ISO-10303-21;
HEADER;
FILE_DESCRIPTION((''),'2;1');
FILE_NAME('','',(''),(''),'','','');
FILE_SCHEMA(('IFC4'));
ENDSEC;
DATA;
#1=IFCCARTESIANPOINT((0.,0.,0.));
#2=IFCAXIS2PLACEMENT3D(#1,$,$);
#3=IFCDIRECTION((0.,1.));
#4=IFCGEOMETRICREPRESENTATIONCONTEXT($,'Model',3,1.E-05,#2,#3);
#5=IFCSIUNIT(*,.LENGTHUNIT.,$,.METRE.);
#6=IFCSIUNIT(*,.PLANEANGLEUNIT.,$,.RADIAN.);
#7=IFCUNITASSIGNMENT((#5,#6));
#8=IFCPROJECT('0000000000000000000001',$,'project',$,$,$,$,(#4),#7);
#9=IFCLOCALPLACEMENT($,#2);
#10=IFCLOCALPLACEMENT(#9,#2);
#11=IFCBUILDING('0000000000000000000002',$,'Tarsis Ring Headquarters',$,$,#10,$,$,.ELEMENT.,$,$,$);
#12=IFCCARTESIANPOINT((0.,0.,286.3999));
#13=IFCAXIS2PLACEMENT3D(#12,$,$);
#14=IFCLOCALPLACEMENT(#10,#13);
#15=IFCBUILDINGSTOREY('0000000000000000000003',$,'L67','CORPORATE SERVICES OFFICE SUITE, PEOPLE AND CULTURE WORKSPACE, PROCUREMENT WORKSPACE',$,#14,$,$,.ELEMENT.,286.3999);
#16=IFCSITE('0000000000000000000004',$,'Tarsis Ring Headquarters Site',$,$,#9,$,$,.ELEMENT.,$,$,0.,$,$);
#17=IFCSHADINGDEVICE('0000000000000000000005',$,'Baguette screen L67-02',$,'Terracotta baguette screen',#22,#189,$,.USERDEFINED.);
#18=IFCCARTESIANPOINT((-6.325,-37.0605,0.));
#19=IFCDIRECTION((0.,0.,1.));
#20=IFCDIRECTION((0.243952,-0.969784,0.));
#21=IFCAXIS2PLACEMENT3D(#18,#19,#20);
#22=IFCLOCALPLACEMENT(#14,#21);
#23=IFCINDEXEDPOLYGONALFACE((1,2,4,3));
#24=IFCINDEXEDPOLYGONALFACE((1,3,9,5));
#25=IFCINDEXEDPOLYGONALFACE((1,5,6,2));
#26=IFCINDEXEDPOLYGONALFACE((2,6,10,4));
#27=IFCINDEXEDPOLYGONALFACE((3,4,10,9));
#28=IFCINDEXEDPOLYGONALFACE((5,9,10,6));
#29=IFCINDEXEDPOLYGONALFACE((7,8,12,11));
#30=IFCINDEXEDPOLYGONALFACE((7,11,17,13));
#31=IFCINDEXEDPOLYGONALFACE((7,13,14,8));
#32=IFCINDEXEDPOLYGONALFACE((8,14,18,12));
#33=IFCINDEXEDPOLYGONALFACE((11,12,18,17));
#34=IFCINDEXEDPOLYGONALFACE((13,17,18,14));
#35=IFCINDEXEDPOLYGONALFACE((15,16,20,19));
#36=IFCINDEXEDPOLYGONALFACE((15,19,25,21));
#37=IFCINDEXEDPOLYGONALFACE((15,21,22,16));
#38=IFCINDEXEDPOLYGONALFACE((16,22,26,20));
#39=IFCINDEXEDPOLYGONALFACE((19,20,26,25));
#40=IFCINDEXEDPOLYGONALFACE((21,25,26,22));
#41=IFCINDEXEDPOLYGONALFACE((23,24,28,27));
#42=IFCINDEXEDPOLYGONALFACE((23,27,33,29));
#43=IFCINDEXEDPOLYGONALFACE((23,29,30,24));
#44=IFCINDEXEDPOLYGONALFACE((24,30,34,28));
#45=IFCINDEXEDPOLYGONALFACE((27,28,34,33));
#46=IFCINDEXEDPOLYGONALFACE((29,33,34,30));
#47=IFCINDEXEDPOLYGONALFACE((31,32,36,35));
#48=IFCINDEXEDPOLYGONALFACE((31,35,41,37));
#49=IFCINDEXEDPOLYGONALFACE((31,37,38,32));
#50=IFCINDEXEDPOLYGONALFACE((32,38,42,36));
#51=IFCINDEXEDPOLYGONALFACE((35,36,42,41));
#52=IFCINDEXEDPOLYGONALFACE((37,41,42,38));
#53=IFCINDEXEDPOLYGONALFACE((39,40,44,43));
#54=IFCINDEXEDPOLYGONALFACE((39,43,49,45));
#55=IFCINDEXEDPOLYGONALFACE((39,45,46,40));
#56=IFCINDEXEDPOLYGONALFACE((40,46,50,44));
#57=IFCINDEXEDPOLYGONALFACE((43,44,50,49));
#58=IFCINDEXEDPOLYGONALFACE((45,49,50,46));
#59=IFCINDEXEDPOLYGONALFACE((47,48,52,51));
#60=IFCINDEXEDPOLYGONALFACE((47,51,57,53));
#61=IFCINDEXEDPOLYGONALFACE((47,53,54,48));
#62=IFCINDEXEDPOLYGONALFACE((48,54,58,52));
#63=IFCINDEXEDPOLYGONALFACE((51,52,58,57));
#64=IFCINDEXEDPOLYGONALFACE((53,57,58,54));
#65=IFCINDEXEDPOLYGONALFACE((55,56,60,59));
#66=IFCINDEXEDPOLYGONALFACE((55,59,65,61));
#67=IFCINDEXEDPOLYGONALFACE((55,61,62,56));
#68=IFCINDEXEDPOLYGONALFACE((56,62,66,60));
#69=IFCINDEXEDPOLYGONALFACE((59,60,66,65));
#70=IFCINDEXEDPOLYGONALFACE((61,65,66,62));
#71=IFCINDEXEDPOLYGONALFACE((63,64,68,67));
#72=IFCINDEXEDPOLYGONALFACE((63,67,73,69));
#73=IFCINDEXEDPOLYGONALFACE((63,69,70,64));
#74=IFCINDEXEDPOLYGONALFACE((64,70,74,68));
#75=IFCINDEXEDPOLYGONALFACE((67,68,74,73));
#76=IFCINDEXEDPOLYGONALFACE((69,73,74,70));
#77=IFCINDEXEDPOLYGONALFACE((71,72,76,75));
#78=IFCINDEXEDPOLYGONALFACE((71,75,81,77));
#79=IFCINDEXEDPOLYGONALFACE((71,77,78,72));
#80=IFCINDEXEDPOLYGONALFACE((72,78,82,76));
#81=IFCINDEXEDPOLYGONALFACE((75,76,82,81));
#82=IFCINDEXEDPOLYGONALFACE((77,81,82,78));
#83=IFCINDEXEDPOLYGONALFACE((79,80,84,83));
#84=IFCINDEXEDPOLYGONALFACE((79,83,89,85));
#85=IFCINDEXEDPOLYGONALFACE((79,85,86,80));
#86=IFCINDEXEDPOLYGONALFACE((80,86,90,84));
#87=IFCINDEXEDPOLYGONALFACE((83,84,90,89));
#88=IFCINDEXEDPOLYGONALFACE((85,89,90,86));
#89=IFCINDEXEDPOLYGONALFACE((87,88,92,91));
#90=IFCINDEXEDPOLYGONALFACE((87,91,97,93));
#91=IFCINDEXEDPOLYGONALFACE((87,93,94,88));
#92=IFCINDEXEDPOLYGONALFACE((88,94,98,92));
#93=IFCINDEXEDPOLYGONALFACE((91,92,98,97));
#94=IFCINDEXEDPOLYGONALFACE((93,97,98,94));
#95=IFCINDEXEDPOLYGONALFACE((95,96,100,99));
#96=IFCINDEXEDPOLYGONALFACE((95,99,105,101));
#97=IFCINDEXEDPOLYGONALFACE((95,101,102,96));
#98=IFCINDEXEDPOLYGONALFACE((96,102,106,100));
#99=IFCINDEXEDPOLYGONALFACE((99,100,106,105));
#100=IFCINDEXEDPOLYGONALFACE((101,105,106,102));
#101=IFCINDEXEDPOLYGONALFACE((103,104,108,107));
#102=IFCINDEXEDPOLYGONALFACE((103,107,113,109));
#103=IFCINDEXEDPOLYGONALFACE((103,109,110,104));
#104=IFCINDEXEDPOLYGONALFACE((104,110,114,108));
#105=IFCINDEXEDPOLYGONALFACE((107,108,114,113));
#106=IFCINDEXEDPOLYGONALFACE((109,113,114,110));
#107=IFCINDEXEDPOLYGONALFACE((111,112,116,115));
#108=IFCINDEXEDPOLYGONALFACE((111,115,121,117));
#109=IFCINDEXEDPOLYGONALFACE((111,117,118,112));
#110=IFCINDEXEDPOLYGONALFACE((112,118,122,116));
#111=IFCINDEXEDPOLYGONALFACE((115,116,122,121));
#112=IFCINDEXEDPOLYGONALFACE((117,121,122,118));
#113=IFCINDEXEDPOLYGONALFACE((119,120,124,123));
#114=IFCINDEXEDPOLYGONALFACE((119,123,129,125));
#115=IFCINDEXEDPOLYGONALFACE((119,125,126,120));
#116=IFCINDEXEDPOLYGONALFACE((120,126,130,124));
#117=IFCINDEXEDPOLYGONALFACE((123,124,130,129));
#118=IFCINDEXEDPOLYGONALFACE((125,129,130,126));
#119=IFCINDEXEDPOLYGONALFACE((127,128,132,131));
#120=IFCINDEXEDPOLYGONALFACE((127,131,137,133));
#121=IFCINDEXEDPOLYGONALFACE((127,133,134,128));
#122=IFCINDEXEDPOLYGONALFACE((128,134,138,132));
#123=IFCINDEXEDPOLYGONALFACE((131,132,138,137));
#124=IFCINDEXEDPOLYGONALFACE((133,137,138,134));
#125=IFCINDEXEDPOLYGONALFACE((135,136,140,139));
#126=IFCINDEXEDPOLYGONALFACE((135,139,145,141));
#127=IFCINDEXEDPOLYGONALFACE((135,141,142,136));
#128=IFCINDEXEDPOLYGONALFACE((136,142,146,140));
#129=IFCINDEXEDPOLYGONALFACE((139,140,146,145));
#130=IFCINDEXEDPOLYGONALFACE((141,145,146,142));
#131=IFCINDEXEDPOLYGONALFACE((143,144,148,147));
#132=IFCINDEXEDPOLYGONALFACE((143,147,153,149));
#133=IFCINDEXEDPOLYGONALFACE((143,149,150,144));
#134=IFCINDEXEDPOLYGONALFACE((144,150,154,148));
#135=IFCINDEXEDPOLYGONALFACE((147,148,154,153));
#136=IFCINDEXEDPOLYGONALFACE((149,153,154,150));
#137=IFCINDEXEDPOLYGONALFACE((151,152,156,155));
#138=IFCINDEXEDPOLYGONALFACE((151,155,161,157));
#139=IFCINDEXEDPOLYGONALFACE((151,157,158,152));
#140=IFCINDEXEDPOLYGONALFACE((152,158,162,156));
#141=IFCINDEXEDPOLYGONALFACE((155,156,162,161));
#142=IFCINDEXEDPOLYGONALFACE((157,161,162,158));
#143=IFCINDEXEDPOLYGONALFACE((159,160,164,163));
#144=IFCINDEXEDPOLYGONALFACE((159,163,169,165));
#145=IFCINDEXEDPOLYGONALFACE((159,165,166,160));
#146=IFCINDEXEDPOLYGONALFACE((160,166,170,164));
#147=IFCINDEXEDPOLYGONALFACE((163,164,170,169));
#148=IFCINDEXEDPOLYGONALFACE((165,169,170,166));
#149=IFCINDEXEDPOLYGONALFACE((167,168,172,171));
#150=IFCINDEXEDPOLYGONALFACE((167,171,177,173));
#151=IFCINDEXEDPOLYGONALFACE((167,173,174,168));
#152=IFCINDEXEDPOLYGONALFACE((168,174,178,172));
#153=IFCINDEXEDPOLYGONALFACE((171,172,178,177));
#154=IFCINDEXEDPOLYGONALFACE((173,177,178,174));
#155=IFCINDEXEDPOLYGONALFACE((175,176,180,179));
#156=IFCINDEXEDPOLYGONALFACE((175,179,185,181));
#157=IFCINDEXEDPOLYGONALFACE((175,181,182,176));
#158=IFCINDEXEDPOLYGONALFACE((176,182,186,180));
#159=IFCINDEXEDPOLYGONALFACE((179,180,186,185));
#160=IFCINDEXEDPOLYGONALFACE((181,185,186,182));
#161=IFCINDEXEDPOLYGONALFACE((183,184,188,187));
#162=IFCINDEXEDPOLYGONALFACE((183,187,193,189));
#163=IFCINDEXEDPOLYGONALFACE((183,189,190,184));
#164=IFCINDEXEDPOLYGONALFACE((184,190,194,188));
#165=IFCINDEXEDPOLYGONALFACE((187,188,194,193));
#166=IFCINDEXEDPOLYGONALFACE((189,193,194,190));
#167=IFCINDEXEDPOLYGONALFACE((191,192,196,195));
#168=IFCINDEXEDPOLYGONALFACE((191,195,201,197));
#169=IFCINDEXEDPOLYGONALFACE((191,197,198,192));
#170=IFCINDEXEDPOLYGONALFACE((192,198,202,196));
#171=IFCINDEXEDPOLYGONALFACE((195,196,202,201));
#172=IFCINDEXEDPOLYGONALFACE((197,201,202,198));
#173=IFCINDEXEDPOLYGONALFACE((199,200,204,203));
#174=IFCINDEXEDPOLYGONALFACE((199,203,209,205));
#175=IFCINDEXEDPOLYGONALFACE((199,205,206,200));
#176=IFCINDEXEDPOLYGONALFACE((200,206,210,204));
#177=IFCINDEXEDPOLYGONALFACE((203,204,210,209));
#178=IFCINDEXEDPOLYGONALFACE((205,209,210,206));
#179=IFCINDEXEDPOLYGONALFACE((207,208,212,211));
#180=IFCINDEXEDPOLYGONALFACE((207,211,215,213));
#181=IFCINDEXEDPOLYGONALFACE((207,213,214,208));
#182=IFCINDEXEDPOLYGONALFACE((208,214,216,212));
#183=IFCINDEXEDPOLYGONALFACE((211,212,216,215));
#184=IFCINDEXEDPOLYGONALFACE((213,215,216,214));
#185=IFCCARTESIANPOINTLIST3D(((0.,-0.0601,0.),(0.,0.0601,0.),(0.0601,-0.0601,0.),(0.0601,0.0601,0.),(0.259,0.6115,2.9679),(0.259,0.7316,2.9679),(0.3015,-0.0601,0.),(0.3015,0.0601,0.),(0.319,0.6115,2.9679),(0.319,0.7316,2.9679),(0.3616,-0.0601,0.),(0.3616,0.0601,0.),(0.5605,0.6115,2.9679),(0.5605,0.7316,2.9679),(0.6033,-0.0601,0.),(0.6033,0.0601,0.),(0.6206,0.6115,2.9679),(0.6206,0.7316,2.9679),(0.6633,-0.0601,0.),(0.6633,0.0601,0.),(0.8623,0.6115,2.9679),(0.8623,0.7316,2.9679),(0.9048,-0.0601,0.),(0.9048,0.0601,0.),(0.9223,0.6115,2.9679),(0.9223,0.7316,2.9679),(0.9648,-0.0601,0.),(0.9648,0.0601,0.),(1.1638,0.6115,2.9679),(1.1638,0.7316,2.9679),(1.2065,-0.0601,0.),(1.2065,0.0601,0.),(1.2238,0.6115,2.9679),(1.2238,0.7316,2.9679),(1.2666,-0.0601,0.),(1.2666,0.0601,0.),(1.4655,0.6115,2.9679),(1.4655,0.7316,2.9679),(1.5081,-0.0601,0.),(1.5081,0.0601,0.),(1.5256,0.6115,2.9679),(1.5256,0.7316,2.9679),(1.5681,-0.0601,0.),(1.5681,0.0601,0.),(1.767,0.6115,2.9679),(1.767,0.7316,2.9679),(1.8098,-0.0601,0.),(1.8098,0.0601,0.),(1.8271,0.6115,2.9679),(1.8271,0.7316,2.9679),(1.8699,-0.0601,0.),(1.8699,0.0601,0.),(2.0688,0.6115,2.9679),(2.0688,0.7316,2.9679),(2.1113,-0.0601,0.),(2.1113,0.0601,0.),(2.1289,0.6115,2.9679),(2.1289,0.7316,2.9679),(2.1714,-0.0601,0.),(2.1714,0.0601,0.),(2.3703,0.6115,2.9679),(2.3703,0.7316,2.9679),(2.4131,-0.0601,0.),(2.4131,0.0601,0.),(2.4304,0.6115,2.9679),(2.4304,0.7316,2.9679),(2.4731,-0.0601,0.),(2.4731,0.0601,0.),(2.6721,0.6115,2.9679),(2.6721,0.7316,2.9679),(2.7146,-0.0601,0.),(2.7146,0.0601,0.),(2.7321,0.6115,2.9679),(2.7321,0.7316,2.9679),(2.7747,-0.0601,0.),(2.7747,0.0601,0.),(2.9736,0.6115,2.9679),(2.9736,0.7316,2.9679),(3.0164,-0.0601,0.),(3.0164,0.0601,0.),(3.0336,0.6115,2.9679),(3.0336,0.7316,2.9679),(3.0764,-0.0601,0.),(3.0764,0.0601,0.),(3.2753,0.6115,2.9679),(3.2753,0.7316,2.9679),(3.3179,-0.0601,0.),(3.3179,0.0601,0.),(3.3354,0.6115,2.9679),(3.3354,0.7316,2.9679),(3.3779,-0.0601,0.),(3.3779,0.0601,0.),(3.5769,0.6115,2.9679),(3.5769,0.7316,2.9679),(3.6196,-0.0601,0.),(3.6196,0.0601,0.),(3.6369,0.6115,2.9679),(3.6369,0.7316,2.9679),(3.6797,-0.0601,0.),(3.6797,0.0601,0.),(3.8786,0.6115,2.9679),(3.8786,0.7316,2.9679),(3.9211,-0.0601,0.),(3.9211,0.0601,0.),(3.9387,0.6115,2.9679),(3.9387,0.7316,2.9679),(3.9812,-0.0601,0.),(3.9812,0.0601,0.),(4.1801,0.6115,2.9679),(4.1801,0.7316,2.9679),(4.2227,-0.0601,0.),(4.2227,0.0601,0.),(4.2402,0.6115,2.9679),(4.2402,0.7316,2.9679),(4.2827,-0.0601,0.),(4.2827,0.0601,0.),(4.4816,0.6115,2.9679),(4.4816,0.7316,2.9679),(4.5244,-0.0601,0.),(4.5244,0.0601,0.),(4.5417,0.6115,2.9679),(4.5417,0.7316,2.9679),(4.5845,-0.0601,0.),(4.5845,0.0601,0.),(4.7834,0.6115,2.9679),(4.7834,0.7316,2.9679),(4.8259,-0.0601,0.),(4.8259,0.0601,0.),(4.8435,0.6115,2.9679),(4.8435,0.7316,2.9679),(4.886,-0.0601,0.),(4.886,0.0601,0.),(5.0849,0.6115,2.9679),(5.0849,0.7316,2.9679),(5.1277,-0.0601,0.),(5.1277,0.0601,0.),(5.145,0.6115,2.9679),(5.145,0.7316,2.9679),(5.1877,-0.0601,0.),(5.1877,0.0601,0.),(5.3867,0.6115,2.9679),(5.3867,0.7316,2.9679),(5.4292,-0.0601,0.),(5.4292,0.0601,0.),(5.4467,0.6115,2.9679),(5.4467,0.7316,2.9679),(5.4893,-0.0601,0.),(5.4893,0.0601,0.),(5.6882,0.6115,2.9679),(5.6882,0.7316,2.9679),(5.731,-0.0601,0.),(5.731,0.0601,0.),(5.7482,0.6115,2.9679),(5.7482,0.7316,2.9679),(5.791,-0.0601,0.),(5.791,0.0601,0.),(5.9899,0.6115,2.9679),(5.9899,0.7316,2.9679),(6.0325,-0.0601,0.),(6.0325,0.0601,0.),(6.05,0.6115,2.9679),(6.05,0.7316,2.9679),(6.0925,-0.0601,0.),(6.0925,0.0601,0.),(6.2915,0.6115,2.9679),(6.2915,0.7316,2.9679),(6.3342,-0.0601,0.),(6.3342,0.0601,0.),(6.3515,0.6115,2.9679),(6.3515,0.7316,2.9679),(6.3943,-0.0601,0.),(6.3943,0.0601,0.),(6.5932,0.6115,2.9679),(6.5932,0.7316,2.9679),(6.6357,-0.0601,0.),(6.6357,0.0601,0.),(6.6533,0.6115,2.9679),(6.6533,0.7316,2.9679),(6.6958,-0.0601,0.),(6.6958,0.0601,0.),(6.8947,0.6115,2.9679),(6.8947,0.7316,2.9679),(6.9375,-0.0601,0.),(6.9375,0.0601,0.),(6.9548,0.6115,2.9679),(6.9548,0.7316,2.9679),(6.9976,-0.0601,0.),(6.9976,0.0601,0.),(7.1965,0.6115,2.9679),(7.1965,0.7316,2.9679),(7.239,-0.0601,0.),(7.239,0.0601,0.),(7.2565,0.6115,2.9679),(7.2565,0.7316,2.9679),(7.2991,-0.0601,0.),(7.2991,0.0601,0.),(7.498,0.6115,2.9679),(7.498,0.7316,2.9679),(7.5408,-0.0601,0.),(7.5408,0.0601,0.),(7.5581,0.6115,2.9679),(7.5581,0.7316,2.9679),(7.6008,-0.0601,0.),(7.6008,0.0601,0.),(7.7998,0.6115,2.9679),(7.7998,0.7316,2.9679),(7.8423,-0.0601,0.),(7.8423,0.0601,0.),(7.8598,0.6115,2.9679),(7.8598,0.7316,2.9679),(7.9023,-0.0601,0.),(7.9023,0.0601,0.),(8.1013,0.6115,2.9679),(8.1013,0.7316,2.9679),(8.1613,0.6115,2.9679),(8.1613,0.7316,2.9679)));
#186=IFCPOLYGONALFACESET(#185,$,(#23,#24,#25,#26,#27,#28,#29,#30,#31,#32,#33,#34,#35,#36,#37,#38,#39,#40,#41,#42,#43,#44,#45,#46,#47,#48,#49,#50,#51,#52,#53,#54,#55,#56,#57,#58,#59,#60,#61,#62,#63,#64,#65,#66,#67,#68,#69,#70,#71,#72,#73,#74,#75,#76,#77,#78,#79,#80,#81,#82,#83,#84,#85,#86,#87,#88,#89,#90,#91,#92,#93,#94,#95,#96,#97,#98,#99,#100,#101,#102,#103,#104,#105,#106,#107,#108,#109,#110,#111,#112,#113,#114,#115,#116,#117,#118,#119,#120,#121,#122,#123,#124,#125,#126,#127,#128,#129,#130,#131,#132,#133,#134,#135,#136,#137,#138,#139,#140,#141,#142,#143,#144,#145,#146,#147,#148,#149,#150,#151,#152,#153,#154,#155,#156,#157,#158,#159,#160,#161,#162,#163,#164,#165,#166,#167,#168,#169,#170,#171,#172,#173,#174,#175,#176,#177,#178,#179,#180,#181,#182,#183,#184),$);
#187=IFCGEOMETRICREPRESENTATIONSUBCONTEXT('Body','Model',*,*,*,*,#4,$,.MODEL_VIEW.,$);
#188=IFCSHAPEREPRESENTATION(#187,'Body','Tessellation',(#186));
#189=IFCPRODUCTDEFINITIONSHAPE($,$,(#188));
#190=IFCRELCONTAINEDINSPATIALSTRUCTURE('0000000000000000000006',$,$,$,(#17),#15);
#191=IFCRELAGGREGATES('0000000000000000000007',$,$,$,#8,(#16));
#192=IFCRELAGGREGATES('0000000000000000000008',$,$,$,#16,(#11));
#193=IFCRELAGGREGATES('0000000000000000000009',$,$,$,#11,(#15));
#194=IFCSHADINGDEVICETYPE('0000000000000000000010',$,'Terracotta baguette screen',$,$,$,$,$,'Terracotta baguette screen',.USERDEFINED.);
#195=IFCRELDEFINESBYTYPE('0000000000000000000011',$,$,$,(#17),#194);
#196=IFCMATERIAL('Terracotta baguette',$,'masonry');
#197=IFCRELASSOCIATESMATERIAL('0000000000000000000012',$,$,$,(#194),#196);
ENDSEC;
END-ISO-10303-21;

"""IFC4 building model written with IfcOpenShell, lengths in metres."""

from ifc_helpers import new_model, si_unit, direction, frame, frame_2d, origin, place, context, subcontext, project, spatial, rectangle, composite_profile, extrude, material, type_object, element, save


model = new_model("IFC4")

# Units and contexts
model_context = context("Model", 3, precision=1e-05, world=origin(), true_north=direction((0.0, 1.0)))
body_context = subcontext(model_context, "Body", "Model", "MODEL_VIEW")
ifc_project = project(units=[si_unit("LENGTHUNIT", "METRE"), si_unit("PLANEANGLEUNIT", "RADIAN")], contexts=[model_context])

# Site, building, storey
site_placement = place(None, origin())
site = spatial("IfcSite", under=ifc_project, at=site_placement, Name="Tarsis Ring Headquarters Site", CompositionType="ELEMENT", RefElevation=0.0)
building_placement = place(site_placement, origin())
building = spatial("IfcBuilding", under=site, at=building_placement, Name="Tarsis Ring Headquarters", CompositionType="ELEMENT")
storey_placement = place(building_placement, frame((0.0, 0.0, 286.3999)))
storey = spatial("IfcBuildingStorey", under=building, at=storey_placement, Name="L67", Description="CORPORATE SERVICES OFFICE SUITE, PEOPLE AND CULTURE WORKSPACE, PROCUREMENT WORKSPACE", CompositionType="ELEMENT", Elevation=286.3999)

# Shading device
ifc_material_1 = material(Name="Terracotta baguette", Category="masonry")
shading_device_type = type_object("IfcShadingDeviceType", Name="Terracotta baguette screen", ElementType="Terracotta baguette screen", PredefinedType="USERDEFINED", material=ifc_material_1)
shading_device_1_placement = place(storey_placement, frame((-6.325, -37.0605, 0.0), z_axis=(0.0, 0.0, 1.0), x_axis=(0.243952, -0.969784, 0.0)))
element("IfcShadingDevice", 1, at=shading_device_1_placement, inside=storey, type_object=shading_device_type, Name="Baguette screen L67-02", ObjectType="Terracotta baguette screen", PredefinedType="USERDEFINED", context=body_context, shape_type="SweptSolid", body=[
    extrude(composite_profile([rectangle(XDim=0.0601, YDim=0.1201, at=frame_2d((0.03, 0.0))), rectangle(XDim=0.0601, YDim=0.1201, at=frame_2d((0.3315, 0.0))), rectangle(XDim=0.0601, YDim=0.1201, at=frame_2d((0.6333, 0.0))), rectangle(XDim=0.0601, YDim=0.1201, at=frame_2d((0.9348, 0.0))), rectangle(XDim=0.0601, YDim=0.1201, at=frame_2d((1.2366, 0.0))), rectangle(XDim=0.0601, YDim=0.1201, at=frame_2d((1.5381, 0.0))), rectangle(XDim=0.0601, YDim=0.1201, at=frame_2d((1.8398, 0.0))), rectangle(XDim=0.0601, YDim=0.1201, at=frame_2d((2.1414, 0.0))), rectangle(XDim=0.0601, YDim=0.1201, at=frame_2d((2.4431, 0.0))), rectangle(XDim=0.0601, YDim=0.1201, at=frame_2d((2.7446, 0.0))), rectangle(XDim=0.0601, YDim=0.1201, at=frame_2d((3.0464, 0.0))), rectangle(XDim=0.0601, YDim=0.1201, at=frame_2d((3.3479, 0.0))), rectangle(XDim=0.0601, YDim=0.1201, at=frame_2d((3.6497, 0.0))), rectangle(XDim=0.0601, YDim=0.1201, at=frame_2d((3.9512, 0.0))), rectangle(XDim=0.0601, YDim=0.1201, at=frame_2d((4.2527, 0.0))), rectangle(XDim=0.0601, YDim=0.1201, at=frame_2d((4.5544, 0.0))), rectangle(XDim=0.0601, YDim=0.1201, at=frame_2d((4.856, 0.0))), rectangle(XDim=0.0601, YDim=0.1201, at=frame_2d((5.1577, 0.0))), rectangle(XDim=0.0601, YDim=0.1201, at=frame_2d((5.4592, 0.0))), rectangle(XDim=0.0601, YDim=0.1201, at=frame_2d((5.761, 0.0))), rectangle(XDim=0.0601, YDim=0.1201, at=frame_2d((6.0625, 0.0))), rectangle(XDim=0.0601, YDim=0.1201, at=frame_2d((6.3643, 0.0))), rectangle(XDim=0.0601, YDim=0.1201, at=frame_2d((6.6658, 0.0))), rectangle(XDim=0.0601, YDim=0.1201, at=frame_2d((6.9675, 0.0))), rectangle(XDim=0.0601, YDim=0.1201, at=frame_2d((7.269, 0.0))), rectangle(XDim=0.0601, YDim=0.1201, at=frame_2d((7.5708, 0.0))), rectangle(XDim=0.0601, YDim=0.1201, at=frame_2d((7.8723, 0.0)))]), origin(), (0.084805, 0.219901, 0.971829), 3.054),
])

save(model, "model.ifc")
